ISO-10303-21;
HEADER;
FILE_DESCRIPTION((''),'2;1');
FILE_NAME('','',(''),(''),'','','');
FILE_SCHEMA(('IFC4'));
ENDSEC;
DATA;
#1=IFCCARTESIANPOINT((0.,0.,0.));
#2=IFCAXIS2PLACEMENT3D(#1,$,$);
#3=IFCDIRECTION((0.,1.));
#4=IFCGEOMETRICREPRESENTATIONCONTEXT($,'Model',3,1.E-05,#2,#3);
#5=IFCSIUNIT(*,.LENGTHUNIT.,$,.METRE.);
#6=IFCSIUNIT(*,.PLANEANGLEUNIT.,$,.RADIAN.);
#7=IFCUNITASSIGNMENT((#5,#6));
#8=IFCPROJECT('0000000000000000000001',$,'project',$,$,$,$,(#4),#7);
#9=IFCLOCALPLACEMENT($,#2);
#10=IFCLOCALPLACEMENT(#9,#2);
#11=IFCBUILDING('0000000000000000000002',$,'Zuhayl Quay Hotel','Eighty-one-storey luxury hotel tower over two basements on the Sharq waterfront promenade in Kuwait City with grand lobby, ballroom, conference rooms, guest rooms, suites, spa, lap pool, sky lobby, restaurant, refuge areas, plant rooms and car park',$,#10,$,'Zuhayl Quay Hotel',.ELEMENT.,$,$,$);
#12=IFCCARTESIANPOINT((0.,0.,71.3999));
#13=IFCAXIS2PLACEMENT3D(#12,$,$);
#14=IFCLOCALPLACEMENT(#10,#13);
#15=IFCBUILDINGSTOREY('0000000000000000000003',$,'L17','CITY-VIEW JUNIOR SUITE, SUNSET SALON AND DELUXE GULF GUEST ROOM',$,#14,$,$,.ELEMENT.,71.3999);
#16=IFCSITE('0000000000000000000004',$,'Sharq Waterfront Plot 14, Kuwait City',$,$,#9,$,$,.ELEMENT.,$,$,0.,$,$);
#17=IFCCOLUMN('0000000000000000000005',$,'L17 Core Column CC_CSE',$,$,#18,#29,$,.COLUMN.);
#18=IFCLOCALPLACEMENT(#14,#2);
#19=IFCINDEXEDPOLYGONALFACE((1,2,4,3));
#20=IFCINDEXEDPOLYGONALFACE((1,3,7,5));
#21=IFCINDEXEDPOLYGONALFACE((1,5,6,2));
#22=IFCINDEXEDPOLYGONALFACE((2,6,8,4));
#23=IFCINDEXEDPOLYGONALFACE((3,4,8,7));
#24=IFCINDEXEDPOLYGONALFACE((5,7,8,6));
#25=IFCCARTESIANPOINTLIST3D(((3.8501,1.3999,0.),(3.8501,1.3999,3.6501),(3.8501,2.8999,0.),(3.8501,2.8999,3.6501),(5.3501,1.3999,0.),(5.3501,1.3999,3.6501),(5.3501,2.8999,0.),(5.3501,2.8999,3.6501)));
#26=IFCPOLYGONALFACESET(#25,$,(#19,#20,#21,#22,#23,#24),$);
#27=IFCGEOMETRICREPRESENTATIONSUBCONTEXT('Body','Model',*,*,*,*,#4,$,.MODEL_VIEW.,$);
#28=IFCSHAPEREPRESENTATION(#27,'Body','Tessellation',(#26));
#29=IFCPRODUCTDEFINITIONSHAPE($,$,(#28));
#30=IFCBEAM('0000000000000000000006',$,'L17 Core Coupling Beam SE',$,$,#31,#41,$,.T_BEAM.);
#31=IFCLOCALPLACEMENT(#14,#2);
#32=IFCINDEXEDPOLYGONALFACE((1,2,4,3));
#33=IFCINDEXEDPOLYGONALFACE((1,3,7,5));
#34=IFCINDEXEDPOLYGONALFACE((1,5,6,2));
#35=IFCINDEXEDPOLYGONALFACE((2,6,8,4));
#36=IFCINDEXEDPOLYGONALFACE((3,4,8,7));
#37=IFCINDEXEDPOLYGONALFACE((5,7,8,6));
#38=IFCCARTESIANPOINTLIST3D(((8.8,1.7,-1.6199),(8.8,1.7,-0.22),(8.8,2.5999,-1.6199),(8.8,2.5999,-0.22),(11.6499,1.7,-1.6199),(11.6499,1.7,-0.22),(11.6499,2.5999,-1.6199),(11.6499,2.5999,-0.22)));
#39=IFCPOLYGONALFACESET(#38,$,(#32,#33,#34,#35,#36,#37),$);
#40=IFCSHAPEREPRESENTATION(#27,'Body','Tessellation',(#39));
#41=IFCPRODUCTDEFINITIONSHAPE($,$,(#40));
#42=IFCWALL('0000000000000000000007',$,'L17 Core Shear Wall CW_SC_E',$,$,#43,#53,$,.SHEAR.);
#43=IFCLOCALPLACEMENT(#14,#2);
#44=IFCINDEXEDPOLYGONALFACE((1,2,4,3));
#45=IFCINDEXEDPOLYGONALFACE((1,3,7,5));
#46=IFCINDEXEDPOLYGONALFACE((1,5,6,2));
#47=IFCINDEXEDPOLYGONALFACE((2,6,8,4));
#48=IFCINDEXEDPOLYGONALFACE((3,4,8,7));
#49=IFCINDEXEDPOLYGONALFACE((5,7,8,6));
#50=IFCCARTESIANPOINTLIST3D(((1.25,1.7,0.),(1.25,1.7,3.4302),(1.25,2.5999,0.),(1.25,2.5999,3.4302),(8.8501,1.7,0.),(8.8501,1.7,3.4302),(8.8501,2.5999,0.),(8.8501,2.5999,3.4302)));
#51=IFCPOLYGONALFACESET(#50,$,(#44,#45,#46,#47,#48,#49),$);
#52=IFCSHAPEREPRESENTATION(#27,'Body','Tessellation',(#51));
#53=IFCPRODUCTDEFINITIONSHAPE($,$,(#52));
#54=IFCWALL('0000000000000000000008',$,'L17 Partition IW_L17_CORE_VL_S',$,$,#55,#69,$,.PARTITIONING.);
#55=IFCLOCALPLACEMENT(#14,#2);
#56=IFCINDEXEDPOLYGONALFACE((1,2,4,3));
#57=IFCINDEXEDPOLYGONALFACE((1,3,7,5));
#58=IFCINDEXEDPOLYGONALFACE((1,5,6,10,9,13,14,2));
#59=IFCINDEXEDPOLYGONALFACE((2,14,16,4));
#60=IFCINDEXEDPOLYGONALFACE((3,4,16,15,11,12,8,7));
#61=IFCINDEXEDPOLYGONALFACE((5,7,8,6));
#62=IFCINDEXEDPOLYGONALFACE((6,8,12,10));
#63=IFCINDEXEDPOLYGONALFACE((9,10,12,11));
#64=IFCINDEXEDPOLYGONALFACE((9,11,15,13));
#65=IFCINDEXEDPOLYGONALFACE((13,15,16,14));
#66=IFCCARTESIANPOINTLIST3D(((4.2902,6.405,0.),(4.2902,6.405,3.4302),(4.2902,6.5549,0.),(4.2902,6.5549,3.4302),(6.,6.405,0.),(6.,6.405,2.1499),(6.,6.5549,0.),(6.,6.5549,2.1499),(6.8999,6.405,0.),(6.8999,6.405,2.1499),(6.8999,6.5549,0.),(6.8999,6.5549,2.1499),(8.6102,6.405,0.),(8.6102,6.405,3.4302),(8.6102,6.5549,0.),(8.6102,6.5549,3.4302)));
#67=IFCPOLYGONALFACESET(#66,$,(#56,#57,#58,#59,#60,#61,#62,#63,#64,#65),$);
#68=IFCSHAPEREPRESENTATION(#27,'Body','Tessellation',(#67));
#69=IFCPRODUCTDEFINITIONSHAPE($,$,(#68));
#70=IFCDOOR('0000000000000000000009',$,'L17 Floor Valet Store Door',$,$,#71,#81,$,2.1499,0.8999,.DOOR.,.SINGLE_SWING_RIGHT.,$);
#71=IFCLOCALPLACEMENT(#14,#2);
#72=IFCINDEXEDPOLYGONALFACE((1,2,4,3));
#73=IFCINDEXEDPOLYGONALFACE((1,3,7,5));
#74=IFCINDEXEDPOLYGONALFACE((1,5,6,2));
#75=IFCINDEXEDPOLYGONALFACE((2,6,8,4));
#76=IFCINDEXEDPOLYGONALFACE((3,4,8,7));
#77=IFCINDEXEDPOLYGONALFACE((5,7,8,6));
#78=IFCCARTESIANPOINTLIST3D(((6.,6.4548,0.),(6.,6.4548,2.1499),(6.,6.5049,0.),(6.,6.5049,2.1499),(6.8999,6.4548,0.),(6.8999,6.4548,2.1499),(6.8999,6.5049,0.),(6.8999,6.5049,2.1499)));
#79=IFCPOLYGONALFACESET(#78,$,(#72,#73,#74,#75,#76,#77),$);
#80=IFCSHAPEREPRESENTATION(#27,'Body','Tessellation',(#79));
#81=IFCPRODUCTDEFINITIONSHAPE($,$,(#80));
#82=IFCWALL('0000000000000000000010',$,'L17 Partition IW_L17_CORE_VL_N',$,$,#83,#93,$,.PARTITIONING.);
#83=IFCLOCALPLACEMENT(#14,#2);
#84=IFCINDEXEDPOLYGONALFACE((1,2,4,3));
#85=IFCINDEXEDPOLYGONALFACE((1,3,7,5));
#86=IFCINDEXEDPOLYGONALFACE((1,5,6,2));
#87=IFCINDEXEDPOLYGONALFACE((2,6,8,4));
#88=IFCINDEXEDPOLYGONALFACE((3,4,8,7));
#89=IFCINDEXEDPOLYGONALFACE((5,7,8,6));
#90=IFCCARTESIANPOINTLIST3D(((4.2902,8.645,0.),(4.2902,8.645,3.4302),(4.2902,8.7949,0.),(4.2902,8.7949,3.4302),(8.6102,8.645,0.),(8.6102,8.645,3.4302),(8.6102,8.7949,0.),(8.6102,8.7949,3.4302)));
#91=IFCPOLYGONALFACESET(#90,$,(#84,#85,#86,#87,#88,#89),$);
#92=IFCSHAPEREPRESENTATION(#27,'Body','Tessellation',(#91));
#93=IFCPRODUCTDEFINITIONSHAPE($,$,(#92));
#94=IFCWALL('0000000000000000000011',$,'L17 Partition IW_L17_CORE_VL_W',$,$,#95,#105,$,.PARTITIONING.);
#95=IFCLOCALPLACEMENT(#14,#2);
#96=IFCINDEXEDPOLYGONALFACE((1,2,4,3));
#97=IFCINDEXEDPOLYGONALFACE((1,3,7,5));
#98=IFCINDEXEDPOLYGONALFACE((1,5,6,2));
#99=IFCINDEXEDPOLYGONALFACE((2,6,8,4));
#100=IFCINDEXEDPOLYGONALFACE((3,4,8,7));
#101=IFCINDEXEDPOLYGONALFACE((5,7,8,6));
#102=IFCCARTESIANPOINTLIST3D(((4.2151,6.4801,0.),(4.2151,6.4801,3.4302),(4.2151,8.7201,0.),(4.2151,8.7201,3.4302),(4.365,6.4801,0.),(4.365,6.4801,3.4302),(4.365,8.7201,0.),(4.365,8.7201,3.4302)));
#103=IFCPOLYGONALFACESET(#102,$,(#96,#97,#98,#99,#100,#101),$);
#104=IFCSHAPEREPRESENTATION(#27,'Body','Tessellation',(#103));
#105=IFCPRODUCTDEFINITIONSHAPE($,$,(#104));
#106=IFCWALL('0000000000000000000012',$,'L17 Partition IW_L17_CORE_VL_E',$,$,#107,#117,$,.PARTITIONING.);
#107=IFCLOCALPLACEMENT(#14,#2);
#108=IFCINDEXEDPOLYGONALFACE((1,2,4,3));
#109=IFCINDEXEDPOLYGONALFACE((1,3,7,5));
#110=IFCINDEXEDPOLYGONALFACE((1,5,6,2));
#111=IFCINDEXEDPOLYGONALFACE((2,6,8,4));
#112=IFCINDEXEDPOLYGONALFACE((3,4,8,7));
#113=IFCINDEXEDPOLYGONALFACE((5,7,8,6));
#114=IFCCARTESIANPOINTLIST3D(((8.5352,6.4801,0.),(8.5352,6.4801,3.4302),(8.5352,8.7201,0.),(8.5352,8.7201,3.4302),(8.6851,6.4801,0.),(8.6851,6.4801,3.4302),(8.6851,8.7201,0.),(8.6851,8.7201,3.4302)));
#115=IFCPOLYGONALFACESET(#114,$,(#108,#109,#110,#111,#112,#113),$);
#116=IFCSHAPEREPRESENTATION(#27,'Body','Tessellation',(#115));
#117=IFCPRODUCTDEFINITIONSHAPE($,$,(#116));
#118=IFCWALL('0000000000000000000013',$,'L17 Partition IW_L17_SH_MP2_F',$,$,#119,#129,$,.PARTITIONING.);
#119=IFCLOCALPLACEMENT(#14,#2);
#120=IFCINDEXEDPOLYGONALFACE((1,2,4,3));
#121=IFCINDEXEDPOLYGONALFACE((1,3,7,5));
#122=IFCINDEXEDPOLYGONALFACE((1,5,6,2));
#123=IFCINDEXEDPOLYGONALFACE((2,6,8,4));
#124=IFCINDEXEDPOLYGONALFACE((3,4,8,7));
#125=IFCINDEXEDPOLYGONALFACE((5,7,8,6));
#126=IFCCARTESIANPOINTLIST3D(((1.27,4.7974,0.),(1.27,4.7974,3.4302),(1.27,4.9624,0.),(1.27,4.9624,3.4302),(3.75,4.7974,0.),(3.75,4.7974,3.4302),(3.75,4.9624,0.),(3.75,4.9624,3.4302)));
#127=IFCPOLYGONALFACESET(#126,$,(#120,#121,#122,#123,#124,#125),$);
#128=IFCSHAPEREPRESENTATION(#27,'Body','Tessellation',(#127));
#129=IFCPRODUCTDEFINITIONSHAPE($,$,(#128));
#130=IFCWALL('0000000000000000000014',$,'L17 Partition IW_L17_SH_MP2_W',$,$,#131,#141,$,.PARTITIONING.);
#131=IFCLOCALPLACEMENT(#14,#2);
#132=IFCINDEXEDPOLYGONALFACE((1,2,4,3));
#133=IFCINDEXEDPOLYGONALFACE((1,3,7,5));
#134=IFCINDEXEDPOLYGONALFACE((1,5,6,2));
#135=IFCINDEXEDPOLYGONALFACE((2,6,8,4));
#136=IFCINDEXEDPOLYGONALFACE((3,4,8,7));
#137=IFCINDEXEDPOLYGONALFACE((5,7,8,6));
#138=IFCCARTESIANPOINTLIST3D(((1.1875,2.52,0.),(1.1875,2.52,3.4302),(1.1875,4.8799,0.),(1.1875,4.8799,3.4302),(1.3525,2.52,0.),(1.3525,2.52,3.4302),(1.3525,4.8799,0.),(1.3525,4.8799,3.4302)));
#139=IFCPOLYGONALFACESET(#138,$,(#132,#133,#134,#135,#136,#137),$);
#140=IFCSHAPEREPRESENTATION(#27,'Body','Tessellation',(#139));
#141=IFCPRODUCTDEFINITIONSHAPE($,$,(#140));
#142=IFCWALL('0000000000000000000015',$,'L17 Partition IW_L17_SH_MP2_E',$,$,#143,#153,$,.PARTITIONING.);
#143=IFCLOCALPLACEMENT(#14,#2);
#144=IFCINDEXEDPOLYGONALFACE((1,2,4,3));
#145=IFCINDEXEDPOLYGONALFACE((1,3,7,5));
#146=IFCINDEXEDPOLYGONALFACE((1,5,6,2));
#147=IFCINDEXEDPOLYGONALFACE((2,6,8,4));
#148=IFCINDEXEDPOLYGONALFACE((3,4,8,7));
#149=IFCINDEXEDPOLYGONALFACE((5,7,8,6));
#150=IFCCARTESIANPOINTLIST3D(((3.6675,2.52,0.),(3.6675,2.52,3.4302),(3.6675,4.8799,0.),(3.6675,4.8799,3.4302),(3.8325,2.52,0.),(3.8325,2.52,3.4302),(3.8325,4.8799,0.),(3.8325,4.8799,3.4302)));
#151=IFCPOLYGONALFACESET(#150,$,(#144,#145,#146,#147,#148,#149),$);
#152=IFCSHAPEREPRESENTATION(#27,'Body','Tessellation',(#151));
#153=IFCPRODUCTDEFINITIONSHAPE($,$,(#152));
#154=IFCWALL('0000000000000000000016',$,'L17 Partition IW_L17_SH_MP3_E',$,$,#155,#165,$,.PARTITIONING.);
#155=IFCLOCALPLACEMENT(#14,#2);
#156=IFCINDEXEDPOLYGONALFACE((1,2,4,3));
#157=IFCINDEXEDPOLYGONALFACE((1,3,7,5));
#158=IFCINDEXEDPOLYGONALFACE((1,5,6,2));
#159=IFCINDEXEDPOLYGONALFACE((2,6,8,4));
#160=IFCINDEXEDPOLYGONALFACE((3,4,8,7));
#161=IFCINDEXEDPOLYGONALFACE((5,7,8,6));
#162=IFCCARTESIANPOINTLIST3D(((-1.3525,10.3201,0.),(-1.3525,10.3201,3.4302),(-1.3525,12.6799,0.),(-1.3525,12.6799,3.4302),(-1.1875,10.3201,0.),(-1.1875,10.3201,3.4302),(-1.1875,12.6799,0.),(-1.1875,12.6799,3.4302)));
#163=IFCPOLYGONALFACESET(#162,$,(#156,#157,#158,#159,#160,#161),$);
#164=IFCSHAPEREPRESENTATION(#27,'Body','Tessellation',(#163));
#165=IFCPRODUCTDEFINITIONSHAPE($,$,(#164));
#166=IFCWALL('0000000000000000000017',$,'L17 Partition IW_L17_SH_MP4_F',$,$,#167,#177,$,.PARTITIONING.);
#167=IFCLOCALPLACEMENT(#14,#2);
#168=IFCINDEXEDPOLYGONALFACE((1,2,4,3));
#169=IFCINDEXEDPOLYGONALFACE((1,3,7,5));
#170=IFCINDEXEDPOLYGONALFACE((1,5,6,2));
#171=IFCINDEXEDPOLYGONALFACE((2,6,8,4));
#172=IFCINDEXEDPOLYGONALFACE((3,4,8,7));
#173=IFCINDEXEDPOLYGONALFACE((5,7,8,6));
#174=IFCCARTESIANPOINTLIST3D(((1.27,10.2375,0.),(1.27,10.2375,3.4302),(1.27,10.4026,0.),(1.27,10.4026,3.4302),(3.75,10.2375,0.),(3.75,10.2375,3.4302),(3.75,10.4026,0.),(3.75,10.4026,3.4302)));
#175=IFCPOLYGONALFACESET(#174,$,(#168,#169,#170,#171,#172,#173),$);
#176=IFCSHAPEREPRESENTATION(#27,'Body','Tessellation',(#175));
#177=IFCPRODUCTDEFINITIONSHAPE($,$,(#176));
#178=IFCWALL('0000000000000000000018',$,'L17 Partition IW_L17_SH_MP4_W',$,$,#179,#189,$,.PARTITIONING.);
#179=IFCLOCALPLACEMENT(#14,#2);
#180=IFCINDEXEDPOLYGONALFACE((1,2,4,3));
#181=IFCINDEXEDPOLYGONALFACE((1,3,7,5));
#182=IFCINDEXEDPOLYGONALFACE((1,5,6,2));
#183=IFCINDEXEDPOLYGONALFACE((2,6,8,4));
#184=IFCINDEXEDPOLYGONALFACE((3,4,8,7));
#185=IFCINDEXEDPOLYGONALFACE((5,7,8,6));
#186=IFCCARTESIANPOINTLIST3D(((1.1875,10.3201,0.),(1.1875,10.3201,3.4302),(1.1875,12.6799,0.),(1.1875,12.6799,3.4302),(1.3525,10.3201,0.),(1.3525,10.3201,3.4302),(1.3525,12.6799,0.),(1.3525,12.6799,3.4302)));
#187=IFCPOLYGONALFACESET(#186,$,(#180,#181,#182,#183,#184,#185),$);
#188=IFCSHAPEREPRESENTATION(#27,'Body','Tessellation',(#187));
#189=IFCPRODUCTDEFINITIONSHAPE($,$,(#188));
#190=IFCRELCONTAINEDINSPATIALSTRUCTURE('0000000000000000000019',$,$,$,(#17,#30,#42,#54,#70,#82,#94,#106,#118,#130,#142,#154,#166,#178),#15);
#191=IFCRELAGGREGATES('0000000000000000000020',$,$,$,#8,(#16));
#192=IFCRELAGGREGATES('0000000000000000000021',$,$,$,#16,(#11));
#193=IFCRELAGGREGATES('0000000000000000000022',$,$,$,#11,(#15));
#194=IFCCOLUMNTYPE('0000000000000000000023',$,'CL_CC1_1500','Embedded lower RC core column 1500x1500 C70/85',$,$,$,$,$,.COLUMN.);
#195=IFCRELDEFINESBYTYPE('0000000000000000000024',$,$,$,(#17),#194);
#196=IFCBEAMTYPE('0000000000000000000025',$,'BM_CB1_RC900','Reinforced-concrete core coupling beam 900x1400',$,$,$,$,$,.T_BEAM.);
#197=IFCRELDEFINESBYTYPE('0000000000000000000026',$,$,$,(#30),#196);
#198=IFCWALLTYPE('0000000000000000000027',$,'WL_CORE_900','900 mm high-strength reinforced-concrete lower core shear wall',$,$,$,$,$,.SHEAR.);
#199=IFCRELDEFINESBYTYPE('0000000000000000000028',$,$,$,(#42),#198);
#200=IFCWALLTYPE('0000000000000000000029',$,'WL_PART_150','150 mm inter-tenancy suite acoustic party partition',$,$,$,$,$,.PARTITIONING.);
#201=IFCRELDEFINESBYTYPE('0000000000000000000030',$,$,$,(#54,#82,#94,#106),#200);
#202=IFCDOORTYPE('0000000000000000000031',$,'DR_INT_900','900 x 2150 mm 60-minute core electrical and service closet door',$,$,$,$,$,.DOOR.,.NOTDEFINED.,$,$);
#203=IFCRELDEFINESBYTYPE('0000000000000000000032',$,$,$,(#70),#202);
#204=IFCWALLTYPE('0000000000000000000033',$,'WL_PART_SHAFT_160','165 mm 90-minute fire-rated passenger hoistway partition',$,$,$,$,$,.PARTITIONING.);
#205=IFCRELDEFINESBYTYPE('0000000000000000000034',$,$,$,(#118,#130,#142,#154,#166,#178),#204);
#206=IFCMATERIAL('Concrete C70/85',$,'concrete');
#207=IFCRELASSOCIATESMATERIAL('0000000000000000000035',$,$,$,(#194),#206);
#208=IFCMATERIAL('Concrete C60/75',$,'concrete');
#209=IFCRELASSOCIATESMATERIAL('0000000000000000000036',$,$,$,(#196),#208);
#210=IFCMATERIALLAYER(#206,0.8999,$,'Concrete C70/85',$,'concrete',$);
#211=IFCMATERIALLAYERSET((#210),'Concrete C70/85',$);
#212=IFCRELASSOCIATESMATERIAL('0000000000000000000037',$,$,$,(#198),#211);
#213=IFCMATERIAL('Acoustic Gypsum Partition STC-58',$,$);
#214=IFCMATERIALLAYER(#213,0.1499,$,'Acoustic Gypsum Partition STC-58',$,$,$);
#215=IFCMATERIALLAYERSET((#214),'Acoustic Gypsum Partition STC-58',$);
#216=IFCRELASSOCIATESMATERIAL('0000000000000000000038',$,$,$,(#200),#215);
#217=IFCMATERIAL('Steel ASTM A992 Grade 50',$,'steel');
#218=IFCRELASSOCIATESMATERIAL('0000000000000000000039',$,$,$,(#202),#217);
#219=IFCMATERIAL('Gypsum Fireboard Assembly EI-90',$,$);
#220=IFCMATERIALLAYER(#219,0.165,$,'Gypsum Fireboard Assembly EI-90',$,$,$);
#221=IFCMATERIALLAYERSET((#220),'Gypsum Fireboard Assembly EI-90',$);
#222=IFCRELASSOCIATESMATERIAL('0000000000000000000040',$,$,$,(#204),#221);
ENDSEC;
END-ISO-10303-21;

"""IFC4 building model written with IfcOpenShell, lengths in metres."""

from ifc_helpers import new_model, si_unit, direction, frame, frame_2d, origin, origin_2d, place, context, subcontext, project, spatial, rectangle, extrude, material, layer, layer_set, material_profile, profile_set, type_object, element, fill, save


model = new_model("IFC4")

# Units and contexts
model_context = context("Model", 3, precision=1e-05, world=origin(), true_north=direction((0.0, 1.0)))
body_context = subcontext(model_context, "Body", "Model", "MODEL_VIEW")
ifc_project = project(units=[si_unit("LENGTHUNIT", "METRE"), si_unit("PLANEANGLEUNIT", "RADIAN")], contexts=[model_context])

# Site, building, storey
site_placement = place(None, origin())
site = spatial("IfcSite", under=ifc_project, at=site_placement, Name="Sharq Waterfront Plot 14, Kuwait City", CompositionType="ELEMENT", RefElevation=0.0)
building_placement = place(site_placement, origin())
building = spatial("IfcBuilding", under=site, at=building_placement, Name="Zuhayl Quay Hotel", Description="Eighty-one-storey luxury hotel tower over two basements on the Sharq waterfront promenade in Kuwait City with grand lobby, ballroom, conference rooms, guest rooms, suites, spa, lap pool, sky lobby, restaurant, refuge areas, plant rooms and car park", LongName="Zuhayl Quay Hotel", CompositionType="ELEMENT")
storey_placement = place(building_placement, frame((0.0, 0.0, 71.3999)))
storey = spatial("IfcBuildingStorey", under=building, at=storey_placement, Name="L17", Description="CITY-VIEW JUNIOR SUITE, SUNSET SALON AND DELUXE GULF GUEST ROOM", CompositionType="ELEMENT", Elevation=71.3999)

# Column
ifc_material_1 = material(Name="Concrete C70/85", Category="concrete")
ifc_material_profile_1 = material_profile(ifc_material_1, rectangle(XDim=1.5, YDim=1.5, at=origin_2d()), Name="RC1500X1500")
ifc_profile_set_1 = profile_set([ifc_material_profile_1], Name="Concrete C70/85")
column_type = type_object("IfcColumnType", Name="CL_CC1_1500", Description="Embedded lower RC core column 1500x1500 C70/85", PredefinedType="COLUMN", material=ifc_profile_set_1)
column_placement = place(storey_placement, frame((4.6001, 2.1499, 0.0), z_axis=(0.0, 0.0, 1.0), x_axis=(1.0, 0.0, 0.0)))
element("IfcColumn", 1, at=column_placement, inside=storey, type_object=column_type, Name="L17 Core Column CC_CSE", PredefinedType="COLUMN", context=body_context, shape_type="SweptSolid", body=[
    extrude(rectangle(XDim=1.5, YDim=1.5, at=origin_2d()), origin(), (0.0, 0.0, 1.0), 3.6501),
])

# Beam
ifc_material_2 = material(Name="Concrete C60/75", Category="concrete")
ifc_material_profile_2 = material_profile(ifc_material_2, rectangle(XDim=0.8999, YDim=1.3999, at=origin_2d()), Name="RC900X1400")
ifc_profile_set_2 = profile_set([ifc_material_profile_2], Name="Concrete C60/75")
beam_type = type_object("IfcBeamType", Name="BM_CB1_RC900", Description="Reinforced-concrete core coupling beam 900x1400", PredefinedType="T_BEAM", material=ifc_profile_set_2)
beam_placement = place(storey_placement, frame((8.8, 2.1499, -0.9199), z_axis=(1.0, 0.0, 0.0), x_axis=(0.0, 1.0, 0.0)))
element("IfcBeam", 2, at=beam_placement, inside=storey, type_object=beam_type, Name="L17 Core Coupling Beam SE", PredefinedType="T_BEAM", context=body_context, shape_type="SweptSolid", body=[
    extrude(rectangle(XDim=0.8999, YDim=1.3999, at=origin_2d()), origin(), (0.0, 0.0, 1.0), 2.8499),
])

# Wall
ifc_layer_1 = layer(ifc_material_1, 0.8999, Name="Concrete C70/85", Category="concrete")
ifc_layer_set_1 = layer_set([ifc_layer_1], Name="Concrete C70/85")
wall_type_1 = type_object("IfcWallType", Name="WL_CORE_900", Description="900 mm high-strength reinforced-concrete lower core shear wall", PredefinedType="SHEAR", material=ifc_layer_set_1)
wall_1_placement = place(storey_placement, frame((1.25, 2.1499, 0.0), z_axis=(0.0, 0.0, 1.0), x_axis=(1.0, 0.0, 0.0)))
element("IfcWall", 3, at=wall_1_placement, inside=storey, type_object=wall_type_1, Name="L17 Core Shear Wall CW_SC_E", PredefinedType="SHEAR", context=body_context, shape_type="SweptSolid", body=[
    extrude(rectangle(XDim=7.6001, YDim=0.8999, at=frame_2d((3.8, 0.0))), origin(), (0.0, 0.0, 1.0), 3.4302),
])

# Wall, opening, door
ifc_material_3 = material(Name="Acoustic Gypsum Partition STC-58")
ifc_layer_2 = layer(ifc_material_3, 0.1499, Name="Acoustic Gypsum Partition STC-58")
ifc_layer_set_2 = layer_set([ifc_layer_2], Name="Acoustic Gypsum Partition STC-58")
wall_type_2 = type_object("IfcWallType", Name="WL_PART_150", Description="150 mm inter-tenancy suite acoustic party partition", PredefinedType="PARTITIONING", material=ifc_layer_set_2)
wall_2_placement = place(storey_placement, frame((4.29, 6.48, 0.0), z_axis=(0.0, 0.0, 1.0), x_axis=(1.0, 0.0, 0.0)))
wall_2 = element("IfcWall", 4, at=wall_2_placement, inside=storey, type_object=wall_type_2, Name="L17 Partition IW_L17_CORE_VL_S", PredefinedType="PARTITIONING", context=body_context, shape_type="SweptSolid", body=[
    extrude(rectangle(XDim=4.3201, YDim=0.1499, at=frame_2d((2.1602, 0.0))), origin(), (0.0, 0.0, 1.0), 3.4302),
])
opening_placement = place(wall_2_placement, frame((1.71, 0.0, 0.0)))
opening = element("IfcOpeningElement", 5, at=opening_placement, cuts=wall_2, PredefinedType="OPENING", context=body_context, shape_type="SweptSolid", body=[
    extrude(rectangle(XDim=0.8999, YDim=2.1499, at=frame_2d((0.45, 1.075))), frame((0.0, 0.085, 0.0), z_axis=(0.0, -1.0, 0.0), x_axis=(1.0, 0.0, 0.0)), (0.0, 0.0, 1.0), 0.1699),
])
ifc_material_4 = material(Name="Steel ASTM A992 Grade 50", Category="steel")
door_type = type_object("IfcDoorType", Name="DR_INT_900", Description="900 x 2150 mm 60-minute core electrical and service closet door", OperationType="NOTDEFINED", PredefinedType="DOOR", material=ifc_material_4)
door_placement = place(opening_placement, origin())
door = element("IfcDoor", 6, at=door_placement, inside=storey, type_object=door_type, Name="L17 Floor Valet Store Door", OperationType="SINGLE_SWING_RIGHT", OverallHeight=2.1499, OverallWidth=0.8999, PredefinedType="DOOR", context=body_context, shape_type="SweptSolid", body=[
    extrude(rectangle(XDim=0.8999, YDim=2.1499, at=frame_2d((0.45, 1.075))), frame((0.0, 0.0249, 0.0), z_axis=(0.0, -1.0, 0.0), x_axis=(1.0, 0.0, 0.0)), (0.0, 0.0, 1.0), 0.05),
])
fill(opening, door)

# Walls
wall_3_placement = place(storey_placement, frame((4.29, 8.72, 0.0), z_axis=(0.0, 0.0, 1.0), x_axis=(1.0, 0.0, 0.0)))
element("IfcWall", 7, at=wall_3_placement, inside=storey, type_object=wall_type_2, Name="L17 Partition IW_L17_CORE_VL_N", PredefinedType="PARTITIONING", context=body_context, shape_type="SweptSolid", body=[
    extrude(rectangle(XDim=4.3201, YDim=0.1499, at=frame_2d((2.1602, 0.0))), origin(), (0.0, 0.0, 1.0), 3.4302),
])
for number, where, z_axis, x_axis, name in (
    (8, (4.29, 6.48, 0.0), (0.0, 0.0, 1.0), (0.0, 1.0, 0.0), "L17 Partition IW_L17_CORE_VL_W"),
    (9, (8.6101, 6.48, 0.0), (0.0, 0.0, 1.0), (0.0, 1.0, 0.0), "L17 Partition IW_L17_CORE_VL_E"),
):
    element("IfcWall", number, at=place(storey_placement, frame(where, z_axis=z_axis, x_axis=x_axis)), inside=storey, type_object=wall_type_2, Name=name, PredefinedType="PARTITIONING", context=body_context, shape_type="SweptSolid", body=[
        extrude(rectangle(XDim=2.24, YDim=0.1499, at=frame_2d((1.1201, 0.0))), origin(), (0.0, 0.0, 1.0), 3.4302),
    ])
ifc_material_5 = material(Name="Gypsum Fireboard Assembly EI-90")
ifc_layer_3 = layer(ifc_material_5, 0.165, Name="Gypsum Fireboard Assembly EI-90")
ifc_layer_set_3 = layer_set([ifc_layer_3], Name="Gypsum Fireboard Assembly EI-90")
wall_type_3 = type_object("IfcWallType", Name="WL_PART_SHAFT_160", Description="165 mm 90-minute fire-rated passenger hoistway partition", PredefinedType="PARTITIONING", material=ifc_layer_set_3)
wall_4_placement = place(storey_placement, frame((1.27, 4.8799, 0.0), z_axis=(0.0, 0.0, 1.0), x_axis=(1.0, 0.0, 0.0)))
element("IfcWall", 10, at=wall_4_placement, inside=storey, type_object=wall_type_3, Name="L17 Partition IW_L17_SH_MP2_F", PredefinedType="PARTITIONING", context=body_context, shape_type="SweptSolid", body=[
    extrude(rectangle(XDim=2.48, YDim=0.165, at=frame_2d((1.24, 0.0))), origin(), (0.0, 0.0, 1.0), 3.4302),
])
for number, where, z_axis, x_axis, name in (
    (11, (1.27, 2.52, 0.0), (0.0, 0.0, 1.0), (0.0, 1.0, 0.0), "L17 Partition IW_L17_SH_MP2_W"),
    (12, (3.75, 2.52, 0.0), (0.0, 0.0, 1.0), (0.0, 1.0, 0.0), "L17 Partition IW_L17_SH_MP2_E"),
    (13, (-1.27, 10.3201, 0.0), (0.0, 0.0, 1.0), (0.0, 1.0, 0.0), "L17 Partition IW_L17_SH_MP3_E"),
):
    element("IfcWall", number, at=place(storey_placement, frame(where, z_axis=z_axis, x_axis=x_axis)), inside=storey, type_object=wall_type_3, Name=name, PredefinedType="PARTITIONING", context=body_context, shape_type="SweptSolid", body=[
        extrude(rectangle(XDim=2.3599, YDim=0.165, at=frame_2d((1.1799, 0.0))), origin(), (0.0, 0.0, 1.0), 3.4302),
    ])
wall_5_placement = place(storey_placement, frame((1.27, 10.3201, 0.0), z_axis=(0.0, 0.0, 1.0), x_axis=(1.0, 0.0, 0.0)))
element("IfcWall", 14, at=wall_5_placement, inside=storey, type_object=wall_type_3, Name="L17 Partition IW_L17_SH_MP4_F", PredefinedType="PARTITIONING", context=body_context, shape_type="SweptSolid", body=[
    extrude(rectangle(XDim=2.48, YDim=0.165, at=frame_2d((1.24, 0.0))), origin(), (0.0, 0.0, 1.0), 3.4302),
])
for number, where, z_axis, x_axis, name in (
    (15, (1.27, 10.3201, 0.0), (0.0, 0.0, 1.0), (0.0, 1.0, 0.0), "L17 Partition IW_L17_SH_MP4_W"),
):
    element("IfcWall", number, at=place(storey_placement, frame(where, z_axis=z_axis, x_axis=x_axis)), inside=storey, type_object=wall_type_3, Name=name, PredefinedType="PARTITIONING", context=body_context, shape_type="SweptSolid", body=[
        extrude(rectangle(XDim=2.3599, YDim=0.165, at=frame_2d((1.1799, 0.0))), origin(), (0.0, 0.0, 1.0), 3.4302),
    ])

save(model, "model.ifc")
